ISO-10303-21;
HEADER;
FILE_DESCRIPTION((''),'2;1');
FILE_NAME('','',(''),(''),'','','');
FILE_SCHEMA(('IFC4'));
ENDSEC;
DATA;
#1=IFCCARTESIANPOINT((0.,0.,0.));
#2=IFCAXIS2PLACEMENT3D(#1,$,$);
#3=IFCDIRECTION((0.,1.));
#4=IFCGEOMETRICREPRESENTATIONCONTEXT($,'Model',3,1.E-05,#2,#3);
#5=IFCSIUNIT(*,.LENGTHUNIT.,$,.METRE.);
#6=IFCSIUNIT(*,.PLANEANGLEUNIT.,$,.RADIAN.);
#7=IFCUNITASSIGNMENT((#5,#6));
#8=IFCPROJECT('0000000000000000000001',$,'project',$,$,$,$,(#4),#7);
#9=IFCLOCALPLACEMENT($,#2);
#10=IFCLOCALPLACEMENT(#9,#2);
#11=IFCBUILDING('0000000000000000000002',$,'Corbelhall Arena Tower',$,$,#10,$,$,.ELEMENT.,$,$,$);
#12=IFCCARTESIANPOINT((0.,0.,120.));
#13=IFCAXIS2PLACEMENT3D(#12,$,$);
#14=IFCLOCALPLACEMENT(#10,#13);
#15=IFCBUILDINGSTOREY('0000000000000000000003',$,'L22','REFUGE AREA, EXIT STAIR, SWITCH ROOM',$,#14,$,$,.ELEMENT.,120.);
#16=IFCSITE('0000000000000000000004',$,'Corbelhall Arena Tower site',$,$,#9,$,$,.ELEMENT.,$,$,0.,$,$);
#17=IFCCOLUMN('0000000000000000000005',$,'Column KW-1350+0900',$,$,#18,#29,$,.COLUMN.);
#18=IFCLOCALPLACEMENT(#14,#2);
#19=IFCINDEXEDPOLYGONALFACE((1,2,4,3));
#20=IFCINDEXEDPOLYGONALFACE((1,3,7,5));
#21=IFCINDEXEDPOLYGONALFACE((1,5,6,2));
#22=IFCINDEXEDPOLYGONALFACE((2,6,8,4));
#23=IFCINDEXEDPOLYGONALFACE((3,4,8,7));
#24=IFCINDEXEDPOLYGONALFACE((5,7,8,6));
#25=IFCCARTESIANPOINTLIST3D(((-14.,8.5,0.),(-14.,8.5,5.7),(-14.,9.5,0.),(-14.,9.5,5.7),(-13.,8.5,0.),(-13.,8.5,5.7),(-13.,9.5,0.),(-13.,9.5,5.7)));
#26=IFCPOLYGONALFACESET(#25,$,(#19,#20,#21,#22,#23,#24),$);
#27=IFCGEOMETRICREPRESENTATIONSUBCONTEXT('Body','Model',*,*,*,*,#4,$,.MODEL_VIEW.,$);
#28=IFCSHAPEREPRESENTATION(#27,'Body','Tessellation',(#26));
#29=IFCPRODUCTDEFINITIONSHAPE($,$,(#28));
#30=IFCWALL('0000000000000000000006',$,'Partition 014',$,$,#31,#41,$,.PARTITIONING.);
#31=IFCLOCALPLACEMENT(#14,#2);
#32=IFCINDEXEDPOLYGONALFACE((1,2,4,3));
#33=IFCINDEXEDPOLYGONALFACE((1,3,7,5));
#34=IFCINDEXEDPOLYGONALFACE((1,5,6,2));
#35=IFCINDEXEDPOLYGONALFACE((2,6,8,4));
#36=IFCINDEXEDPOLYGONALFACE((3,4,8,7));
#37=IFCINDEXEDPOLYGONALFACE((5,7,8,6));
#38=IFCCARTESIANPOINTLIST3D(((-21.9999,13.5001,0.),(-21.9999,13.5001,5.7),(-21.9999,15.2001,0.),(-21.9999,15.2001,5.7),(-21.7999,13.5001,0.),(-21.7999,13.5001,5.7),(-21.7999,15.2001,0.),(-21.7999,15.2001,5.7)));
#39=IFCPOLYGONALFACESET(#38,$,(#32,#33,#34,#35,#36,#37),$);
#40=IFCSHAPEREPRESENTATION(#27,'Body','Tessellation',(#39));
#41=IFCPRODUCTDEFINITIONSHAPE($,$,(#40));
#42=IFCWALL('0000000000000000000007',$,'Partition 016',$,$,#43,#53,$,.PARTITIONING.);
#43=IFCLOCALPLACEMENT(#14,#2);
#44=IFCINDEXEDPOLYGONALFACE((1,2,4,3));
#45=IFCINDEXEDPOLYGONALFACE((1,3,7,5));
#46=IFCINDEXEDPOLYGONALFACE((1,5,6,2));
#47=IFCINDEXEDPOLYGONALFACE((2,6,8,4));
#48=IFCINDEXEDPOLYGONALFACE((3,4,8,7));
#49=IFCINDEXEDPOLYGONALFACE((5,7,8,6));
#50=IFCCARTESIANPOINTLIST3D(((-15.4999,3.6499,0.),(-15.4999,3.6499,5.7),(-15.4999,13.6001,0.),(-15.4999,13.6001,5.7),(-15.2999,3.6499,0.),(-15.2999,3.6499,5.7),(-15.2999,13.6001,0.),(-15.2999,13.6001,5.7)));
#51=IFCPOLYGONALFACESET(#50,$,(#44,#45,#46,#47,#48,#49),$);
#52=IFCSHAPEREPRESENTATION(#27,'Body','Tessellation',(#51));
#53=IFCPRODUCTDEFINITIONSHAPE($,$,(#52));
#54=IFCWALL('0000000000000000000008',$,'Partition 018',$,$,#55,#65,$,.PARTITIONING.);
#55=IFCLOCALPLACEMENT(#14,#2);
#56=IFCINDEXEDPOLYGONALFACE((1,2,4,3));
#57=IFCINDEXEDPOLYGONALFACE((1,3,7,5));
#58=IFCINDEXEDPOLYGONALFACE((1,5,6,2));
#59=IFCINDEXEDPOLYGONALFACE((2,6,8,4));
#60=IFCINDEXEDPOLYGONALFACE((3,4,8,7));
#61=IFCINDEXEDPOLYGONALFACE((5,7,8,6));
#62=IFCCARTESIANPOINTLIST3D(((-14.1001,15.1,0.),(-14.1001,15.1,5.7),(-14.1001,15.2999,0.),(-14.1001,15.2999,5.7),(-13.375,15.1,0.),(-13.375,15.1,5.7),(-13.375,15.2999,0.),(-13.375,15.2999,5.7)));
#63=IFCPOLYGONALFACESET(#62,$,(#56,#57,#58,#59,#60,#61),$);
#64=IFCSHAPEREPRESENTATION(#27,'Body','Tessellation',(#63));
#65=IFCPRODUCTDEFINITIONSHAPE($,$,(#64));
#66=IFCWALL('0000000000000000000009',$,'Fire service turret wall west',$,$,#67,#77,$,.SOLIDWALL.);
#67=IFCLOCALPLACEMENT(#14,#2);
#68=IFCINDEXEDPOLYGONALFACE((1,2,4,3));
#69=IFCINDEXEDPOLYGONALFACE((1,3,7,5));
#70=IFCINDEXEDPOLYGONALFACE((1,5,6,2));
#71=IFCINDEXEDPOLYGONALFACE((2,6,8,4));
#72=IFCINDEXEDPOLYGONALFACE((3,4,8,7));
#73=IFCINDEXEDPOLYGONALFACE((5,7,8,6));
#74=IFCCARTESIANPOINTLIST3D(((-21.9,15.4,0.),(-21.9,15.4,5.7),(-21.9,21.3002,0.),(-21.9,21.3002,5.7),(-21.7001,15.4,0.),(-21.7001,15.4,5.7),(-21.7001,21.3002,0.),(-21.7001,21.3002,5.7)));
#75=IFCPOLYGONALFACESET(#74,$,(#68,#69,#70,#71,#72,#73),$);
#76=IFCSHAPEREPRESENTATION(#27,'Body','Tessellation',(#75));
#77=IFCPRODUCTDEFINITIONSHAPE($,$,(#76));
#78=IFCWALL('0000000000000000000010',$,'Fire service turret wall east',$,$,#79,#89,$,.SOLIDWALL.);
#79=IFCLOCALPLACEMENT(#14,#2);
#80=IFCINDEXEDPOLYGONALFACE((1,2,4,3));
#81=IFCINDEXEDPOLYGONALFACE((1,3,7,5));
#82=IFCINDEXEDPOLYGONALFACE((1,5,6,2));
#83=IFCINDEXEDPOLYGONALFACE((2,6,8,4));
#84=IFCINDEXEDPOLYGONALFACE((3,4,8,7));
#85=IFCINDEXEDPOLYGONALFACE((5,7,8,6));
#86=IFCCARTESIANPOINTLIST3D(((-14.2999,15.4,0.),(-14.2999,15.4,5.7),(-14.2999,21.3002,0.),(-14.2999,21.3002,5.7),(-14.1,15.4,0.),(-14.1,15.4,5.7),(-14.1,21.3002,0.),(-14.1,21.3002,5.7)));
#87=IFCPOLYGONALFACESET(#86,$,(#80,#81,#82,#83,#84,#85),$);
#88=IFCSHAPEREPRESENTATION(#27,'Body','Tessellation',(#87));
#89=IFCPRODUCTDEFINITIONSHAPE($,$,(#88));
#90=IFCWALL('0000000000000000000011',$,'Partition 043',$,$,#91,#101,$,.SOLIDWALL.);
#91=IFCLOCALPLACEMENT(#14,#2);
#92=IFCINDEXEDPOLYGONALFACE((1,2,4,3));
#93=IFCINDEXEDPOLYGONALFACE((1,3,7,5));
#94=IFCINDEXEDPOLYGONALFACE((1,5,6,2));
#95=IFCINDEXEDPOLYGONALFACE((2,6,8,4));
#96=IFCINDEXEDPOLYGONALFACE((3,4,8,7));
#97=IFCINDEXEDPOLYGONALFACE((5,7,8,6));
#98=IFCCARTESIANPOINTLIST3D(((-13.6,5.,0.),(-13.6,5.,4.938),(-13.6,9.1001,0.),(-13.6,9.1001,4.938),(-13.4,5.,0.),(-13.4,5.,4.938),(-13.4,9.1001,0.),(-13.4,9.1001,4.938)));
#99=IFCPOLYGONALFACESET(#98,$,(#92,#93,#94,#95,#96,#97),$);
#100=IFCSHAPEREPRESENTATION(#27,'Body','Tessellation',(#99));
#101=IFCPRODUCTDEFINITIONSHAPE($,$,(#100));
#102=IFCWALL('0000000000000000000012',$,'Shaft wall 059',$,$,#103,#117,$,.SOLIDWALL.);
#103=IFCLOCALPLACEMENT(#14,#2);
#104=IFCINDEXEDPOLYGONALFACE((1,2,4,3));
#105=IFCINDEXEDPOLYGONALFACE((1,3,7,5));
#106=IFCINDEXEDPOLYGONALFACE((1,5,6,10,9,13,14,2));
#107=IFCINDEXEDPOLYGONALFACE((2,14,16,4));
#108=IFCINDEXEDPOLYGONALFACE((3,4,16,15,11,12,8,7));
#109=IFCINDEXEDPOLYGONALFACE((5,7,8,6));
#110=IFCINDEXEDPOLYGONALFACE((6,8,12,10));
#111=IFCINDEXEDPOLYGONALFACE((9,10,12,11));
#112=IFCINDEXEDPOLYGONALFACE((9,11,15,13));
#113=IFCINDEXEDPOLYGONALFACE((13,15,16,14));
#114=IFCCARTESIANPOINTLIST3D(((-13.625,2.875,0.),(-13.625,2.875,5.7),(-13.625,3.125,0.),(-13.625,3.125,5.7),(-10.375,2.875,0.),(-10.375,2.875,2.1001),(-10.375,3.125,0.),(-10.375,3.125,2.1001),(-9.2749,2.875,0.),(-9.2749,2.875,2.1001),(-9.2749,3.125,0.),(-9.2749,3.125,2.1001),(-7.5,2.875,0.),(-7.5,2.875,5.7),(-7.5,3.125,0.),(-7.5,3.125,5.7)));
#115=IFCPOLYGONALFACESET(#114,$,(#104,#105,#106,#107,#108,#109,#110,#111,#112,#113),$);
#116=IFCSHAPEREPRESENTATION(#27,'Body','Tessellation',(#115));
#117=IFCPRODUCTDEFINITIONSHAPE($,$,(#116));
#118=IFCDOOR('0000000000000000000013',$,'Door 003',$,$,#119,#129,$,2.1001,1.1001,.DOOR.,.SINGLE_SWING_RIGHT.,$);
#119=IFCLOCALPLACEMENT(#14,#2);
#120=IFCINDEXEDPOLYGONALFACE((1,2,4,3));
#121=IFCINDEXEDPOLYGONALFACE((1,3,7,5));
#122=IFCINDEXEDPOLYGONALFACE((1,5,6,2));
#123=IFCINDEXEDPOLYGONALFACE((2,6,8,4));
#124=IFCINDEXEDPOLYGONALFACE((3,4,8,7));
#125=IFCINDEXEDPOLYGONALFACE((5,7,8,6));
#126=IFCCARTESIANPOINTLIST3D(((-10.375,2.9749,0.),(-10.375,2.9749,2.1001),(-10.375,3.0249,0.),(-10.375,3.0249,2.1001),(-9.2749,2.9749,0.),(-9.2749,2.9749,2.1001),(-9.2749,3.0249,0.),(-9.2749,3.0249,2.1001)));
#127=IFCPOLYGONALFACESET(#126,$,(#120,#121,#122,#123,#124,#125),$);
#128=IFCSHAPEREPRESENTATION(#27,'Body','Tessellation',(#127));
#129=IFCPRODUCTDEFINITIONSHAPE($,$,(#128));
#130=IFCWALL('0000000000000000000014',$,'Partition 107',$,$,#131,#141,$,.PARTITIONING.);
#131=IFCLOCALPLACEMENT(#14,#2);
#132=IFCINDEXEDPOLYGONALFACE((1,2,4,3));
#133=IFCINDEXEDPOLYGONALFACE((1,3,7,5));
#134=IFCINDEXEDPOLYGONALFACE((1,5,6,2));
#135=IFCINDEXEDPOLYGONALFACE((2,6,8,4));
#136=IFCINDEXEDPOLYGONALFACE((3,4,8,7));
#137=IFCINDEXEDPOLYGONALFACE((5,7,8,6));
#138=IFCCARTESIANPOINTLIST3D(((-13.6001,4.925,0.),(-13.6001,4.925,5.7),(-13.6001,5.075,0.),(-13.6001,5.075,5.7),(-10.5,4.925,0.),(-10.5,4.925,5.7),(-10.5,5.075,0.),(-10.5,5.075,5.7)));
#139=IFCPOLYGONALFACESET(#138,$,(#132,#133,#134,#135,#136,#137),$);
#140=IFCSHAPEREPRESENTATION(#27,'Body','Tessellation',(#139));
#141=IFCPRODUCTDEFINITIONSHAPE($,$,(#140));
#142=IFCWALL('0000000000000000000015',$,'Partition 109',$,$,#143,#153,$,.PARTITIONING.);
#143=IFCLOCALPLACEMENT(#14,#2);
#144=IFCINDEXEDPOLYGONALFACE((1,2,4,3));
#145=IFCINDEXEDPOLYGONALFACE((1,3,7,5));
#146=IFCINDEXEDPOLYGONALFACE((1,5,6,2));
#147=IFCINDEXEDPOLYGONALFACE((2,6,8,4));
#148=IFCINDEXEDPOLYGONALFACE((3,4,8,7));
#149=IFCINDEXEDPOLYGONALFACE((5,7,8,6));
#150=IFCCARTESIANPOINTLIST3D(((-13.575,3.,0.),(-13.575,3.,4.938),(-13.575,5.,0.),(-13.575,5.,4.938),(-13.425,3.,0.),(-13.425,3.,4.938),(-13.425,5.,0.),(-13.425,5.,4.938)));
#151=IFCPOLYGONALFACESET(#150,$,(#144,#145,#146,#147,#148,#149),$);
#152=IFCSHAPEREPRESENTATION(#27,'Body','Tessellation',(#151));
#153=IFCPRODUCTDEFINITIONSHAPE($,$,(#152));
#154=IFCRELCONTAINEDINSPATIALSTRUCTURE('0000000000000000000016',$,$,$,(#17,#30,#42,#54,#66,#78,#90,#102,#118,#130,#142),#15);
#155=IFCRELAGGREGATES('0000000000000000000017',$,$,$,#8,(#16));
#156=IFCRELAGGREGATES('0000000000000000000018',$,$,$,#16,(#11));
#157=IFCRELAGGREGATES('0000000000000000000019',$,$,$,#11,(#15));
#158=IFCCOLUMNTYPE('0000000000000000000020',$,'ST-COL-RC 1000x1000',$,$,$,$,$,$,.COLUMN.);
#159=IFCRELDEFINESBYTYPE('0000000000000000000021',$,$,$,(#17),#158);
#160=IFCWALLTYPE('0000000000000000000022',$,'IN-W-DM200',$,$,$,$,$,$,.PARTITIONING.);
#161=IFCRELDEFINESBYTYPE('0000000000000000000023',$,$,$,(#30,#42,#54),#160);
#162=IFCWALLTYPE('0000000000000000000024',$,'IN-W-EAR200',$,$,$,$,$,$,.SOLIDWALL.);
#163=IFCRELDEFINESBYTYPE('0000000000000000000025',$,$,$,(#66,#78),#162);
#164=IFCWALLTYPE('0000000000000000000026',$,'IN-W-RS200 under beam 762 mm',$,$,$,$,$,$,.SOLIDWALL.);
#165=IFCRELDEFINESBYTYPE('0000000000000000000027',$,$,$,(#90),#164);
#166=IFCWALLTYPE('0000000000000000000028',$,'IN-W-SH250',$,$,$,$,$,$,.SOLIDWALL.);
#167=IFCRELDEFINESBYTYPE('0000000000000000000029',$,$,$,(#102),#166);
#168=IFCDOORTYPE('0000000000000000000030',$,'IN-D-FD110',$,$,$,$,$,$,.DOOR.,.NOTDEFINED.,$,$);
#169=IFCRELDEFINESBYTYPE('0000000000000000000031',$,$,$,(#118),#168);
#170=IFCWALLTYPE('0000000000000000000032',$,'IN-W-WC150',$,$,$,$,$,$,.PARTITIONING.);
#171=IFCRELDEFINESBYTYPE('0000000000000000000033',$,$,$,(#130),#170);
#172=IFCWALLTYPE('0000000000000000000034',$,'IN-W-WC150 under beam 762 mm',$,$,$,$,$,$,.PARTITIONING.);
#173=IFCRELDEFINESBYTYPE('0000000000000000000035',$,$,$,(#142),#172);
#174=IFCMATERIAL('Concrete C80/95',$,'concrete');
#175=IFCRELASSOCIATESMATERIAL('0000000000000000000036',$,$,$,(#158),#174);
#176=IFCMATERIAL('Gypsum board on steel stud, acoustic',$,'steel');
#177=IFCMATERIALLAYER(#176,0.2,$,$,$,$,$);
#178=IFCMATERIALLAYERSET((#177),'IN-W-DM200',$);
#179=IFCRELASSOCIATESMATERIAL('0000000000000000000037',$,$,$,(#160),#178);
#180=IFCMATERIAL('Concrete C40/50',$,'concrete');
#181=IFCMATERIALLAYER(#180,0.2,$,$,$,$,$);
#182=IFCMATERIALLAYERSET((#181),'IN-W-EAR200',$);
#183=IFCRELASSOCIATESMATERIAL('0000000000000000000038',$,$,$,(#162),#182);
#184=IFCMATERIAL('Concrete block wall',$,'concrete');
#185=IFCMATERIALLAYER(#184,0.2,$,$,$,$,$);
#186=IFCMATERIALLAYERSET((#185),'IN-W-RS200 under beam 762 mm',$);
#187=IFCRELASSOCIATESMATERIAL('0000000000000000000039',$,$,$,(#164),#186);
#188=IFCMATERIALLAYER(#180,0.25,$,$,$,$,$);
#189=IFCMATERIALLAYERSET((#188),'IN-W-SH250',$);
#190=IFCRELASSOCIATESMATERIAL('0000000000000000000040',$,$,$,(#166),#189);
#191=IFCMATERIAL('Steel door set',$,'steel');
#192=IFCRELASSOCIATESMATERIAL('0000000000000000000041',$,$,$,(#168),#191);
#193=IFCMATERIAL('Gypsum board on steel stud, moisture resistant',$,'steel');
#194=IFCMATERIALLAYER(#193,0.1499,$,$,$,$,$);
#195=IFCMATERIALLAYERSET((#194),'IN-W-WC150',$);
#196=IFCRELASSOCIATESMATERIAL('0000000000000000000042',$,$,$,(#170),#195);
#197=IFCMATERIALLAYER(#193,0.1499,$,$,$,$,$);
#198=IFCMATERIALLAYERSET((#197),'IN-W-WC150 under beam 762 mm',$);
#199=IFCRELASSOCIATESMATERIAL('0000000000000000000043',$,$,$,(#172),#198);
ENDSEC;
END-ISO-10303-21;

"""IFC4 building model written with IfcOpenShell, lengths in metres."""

from ifc_helpers import new_model, si_unit, direction, frame, frame_2d, origin, origin_2d, place, context, subcontext, project, spatial, rectangle, extrude, material, layer, layer_set, material_profile, profile_set, type_object, element, fill, save


model = new_model("IFC4")

# Units and contexts
model_context = context("Model", 3, precision=1e-05, world=origin(), true_north=direction((0.0, 1.0)))
body_context = subcontext(model_context, "Body", "Model", "MODEL_VIEW")
ifc_project = project(units=[si_unit("LENGTHUNIT", "METRE"), si_unit("PLANEANGLEUNIT", "RADIAN")], contexts=[model_context])

# Site, building, storey
site_placement = place(None, origin())
site = spatial("IfcSite", under=ifc_project, at=site_placement, Name="Corbelhall Arena Tower site", CompositionType="ELEMENT", RefElevation=0.0)
building_placement = place(site_placement, origin())
building = spatial("IfcBuilding", under=site, at=building_placement, Name="Corbelhall Arena Tower", CompositionType="ELEMENT")
storey_placement = place(building_placement, frame((0.0, 0.0, 120.0)))
storey = spatial("IfcBuildingStorey", under=building, at=storey_placement, Name="L22", Description="REFUGE AREA, EXIT STAIR, SWITCH ROOM", CompositionType="ELEMENT", Elevation=120.0)

# Column
ifc_material_1 = material(Name="Concrete C80/95", Category="concrete")
ifc_material_profile = material_profile(ifc_material_1, rectangle(XDim=1.0, YDim=1.0, at=origin_2d()))
ifc_profile_set = profile_set([ifc_material_profile], Name="Concrete C80/95")
column_type = type_object("IfcColumnType", Name="ST-COL-RC 1000x1000", PredefinedType="COLUMN", material=ifc_profile_set)
column_placement = place(storey_placement, frame((-13.5, 9.0, 0.0), z_axis=(0.0, 0.0, 1.0), x_axis=(1.0, 0.0, 0.0)))
element("IfcColumn", 1, at=column_placement, inside=storey, type_object=column_type, Name="Column KW-1350+0900", PredefinedType="COLUMN", context=body_context, shape_type="SweptSolid", body=[
    extrude(rectangle(XDim=1.0, YDim=1.0, at=origin_2d()), origin(), (0.0, 0.0, 1.0), 5.7),
])

# Shared definitions
ifc_material_2 = material(Name="Gypsum board on steel stud, acoustic", Category="steel")
ifc_layer_1 = layer(ifc_material_2, 0.2)
ifc_layer_set_1 = layer_set([ifc_layer_1], Name="IN-W-DM200")
wall_type_1 = type_object("IfcWallType", Name="IN-W-DM200", PredefinedType="PARTITIONING", material=ifc_layer_set_1)
ifc_material_3 = material(Name="Steel door set", Category="steel")

# Walls
wall_1_placement = place(storey_placement, frame((-21.8999, 13.5, 0.0), z_axis=(0.0, 0.0, 1.0), x_axis=(0.0, 1.0, 0.0)))
element("IfcWall", 2, at=wall_1_placement, inside=storey, type_object=wall_type_1, Name="Partition 014", PredefinedType="PARTITIONING", context=body_context, shape_type="SweptSolid", body=[
    extrude(rectangle(XDim=1.7, YDim=0.2, at=frame_2d((0.8501, 0.0))), origin(), (0.0, 0.0, 1.0), 5.7),
])
wall_2_placement = place(storey_placement, frame((-15.3999, 3.6499, 0.0), z_axis=(0.0, 0.0, 1.0), x_axis=(0.0, 1.0, 0.0)))
element("IfcWall", 3, at=wall_2_placement, inside=storey, type_object=wall_type_1, Name="Partition 016", PredefinedType="PARTITIONING", context=body_context, shape_type="SweptSolid", body=[
    extrude(rectangle(XDim=9.9502, YDim=0.2, at=frame_2d((4.9751, 0.0))), origin(), (0.0, 0.0, 1.0), 5.7),
])

# Wall
wall_3_placement = place(storey_placement, frame((-14.1001, 15.2, 0.0), z_axis=(0.0, 0.0, 1.0), x_axis=(1.0, 0.0, 0.0)))
element("IfcWall", 4, at=wall_3_placement, inside=storey, type_object=wall_type_1, Name="Partition 018", PredefinedType="PARTITIONING", context=body_context, shape_type="SweptSolid", body=[
    extrude(rectangle(XDim=0.7251, YDim=0.2, at=frame_2d((0.3625, 0.0))), origin(), (0.0, 0.0, 1.0), 5.7),
])

# Shared definitions
ifc_material_4 = material(Name="Concrete C40/50", Category="concrete")
ifc_layer_2 = layer(ifc_material_4, 0.2)
ifc_layer_set_2 = layer_set([ifc_layer_2], Name="IN-W-EAR200")
wall_type_2 = type_object("IfcWallType", Name="IN-W-EAR200", PredefinedType="SOLIDWALL", material=ifc_layer_set_2)

# Walls
for number, where, z_axis, x_axis, name in (
    (5, (-21.8, 15.3999, 0.0), (0.0, 0.0, 1.0), (0.0, 1.0, 0.0), "Fire service turret wall west"),
    (6, (-14.2, 15.3999, 0.0), (0.0, 0.0, 1.0), (0.0, 1.0, 0.0), "Fire service turret wall east"),
):
    element("IfcWall", number, at=place(storey_placement, frame(where, z_axis=z_axis, x_axis=x_axis)), inside=storey, type_object=wall_type_2, Name=name, PredefinedType="SOLIDWALL", context=body_context, shape_type="SweptSolid", body=[
        extrude(rectangle(XDim=5.9001, YDim=0.2, at=frame_2d((2.9502, 0.0))), origin(), (0.0, 0.0, 1.0), 5.7),
    ])

# Wall
ifc_material_5 = material(Name="Concrete block wall", Category="concrete")
ifc_layer_3 = layer(ifc_material_5, 0.2)
ifc_layer_set_3 = layer_set([ifc_layer_3], Name="IN-W-RS200 under beam 762 mm")
wall_type_3 = type_object("IfcWallType", Name="IN-W-RS200 under beam 762 mm", PredefinedType="SOLIDWALL", material=ifc_layer_set_3)
wall_4_placement = place(storey_placement, frame((-13.5, 5.0, 0.0), z_axis=(0.0, 0.0, 1.0), x_axis=(0.0, 1.0, 0.0)))
element("IfcWall", 7, at=wall_4_placement, inside=storey, type_object=wall_type_3, Name="Partition 043", PredefinedType="SOLIDWALL", context=body_context, shape_type="SweptSolid", body=[
    extrude(rectangle(XDim=4.1001, YDim=0.2, at=frame_2d((2.05, 0.0))), origin(), (0.0, 0.0, 1.0), 4.938),
])

# Wall, opening, door
ifc_layer_4 = layer(ifc_material_4, 0.25)
ifc_layer_set_4 = layer_set([ifc_layer_4], Name="IN-W-SH250")
wall_type_4 = type_object("IfcWallType", Name="IN-W-SH250", PredefinedType="SOLIDWALL", material=ifc_layer_set_4)
wall_5_placement = place(storey_placement, frame((-13.625, 3.0, 0.0), z_axis=(0.0, 0.0, 1.0), x_axis=(1.0, 0.0, 0.0)))
wall_5 = element("IfcWall", 8, at=wall_5_placement, inside=storey, type_object=wall_type_4, Name="Shaft wall 059", PredefinedType="SOLIDWALL", context=body_context, shape_type="SweptSolid", body=[
    extrude(rectangle(XDim=6.125, YDim=0.25, at=frame_2d((3.0625, 0.0))), origin(), (0.0, 0.0, 1.0), 5.7),
])
opening_1_placement = place(wall_5_placement, frame((3.25, 0.0, 0.0)))
opening_1 = element("IfcOpeningElement", 9, at=opening_1_placement, cuts=wall_5, PredefinedType="OPENING", context=body_context, shape_type="SweptSolid", body=[
    extrude(rectangle(XDim=1.1001, YDim=2.1001, at=frame_2d((0.55, 1.05))), frame((0.0, 0.125, 0.0), z_axis=(0.0, -1.0, 0.0), x_axis=(1.0, 0.0, 0.0)), (0.0, 0.0, 1.0), 0.25),
])
door_type_1 = type_object("IfcDoorType", Name="IN-D-FD110", OperationType="NOTDEFINED", PredefinedType="DOOR", material=ifc_material_3)
door_1_placement = place(opening_1_placement, origin())
door_1 = element("IfcDoor", 10, at=door_1_placement, inside=storey, type_object=door_type_1, Name="Door 003", OperationType="SINGLE_SWING_RIGHT", OverallHeight=2.1001, OverallWidth=1.1001, PredefinedType="DOOR", context=body_context, shape_type="SweptSolid", body=[
    extrude(rectangle(XDim=1.1001, YDim=2.1001, at=frame_2d((0.55, 1.05))), frame((0.0, 0.0249, 0.0), z_axis=(0.0, -1.0, 0.0), x_axis=(1.0, 0.0, 0.0)), (0.0, 0.0, 1.0), 0.05),
])
fill(opening_1, door_1)

# Walls
ifc_material_6 = material(Name="Gypsum board on steel stud, moisture resistant", Category="steel")
ifc_layer_5 = layer(ifc_material_6, 0.1499)
ifc_layer_set_5 = layer_set([ifc_layer_5], Name="IN-W-WC150")
wall_type_5 = type_object("IfcWallType", Name="IN-W-WC150", PredefinedType="PARTITIONING", material=ifc_layer_set_5)
wall_6_placement = place(storey_placement, frame((-13.6001, 5.0, 0.0), z_axis=(0.0, 0.0, 1.0), x_axis=(1.0, 0.0, 0.0)))
element("IfcWall", 11, at=wall_6_placement, inside=storey, type_object=wall_type_5, Name="Partition 107", PredefinedType="PARTITIONING", context=body_context, shape_type="SweptSolid", body=[
    extrude(rectangle(XDim=3.1001, YDim=0.1499, at=frame_2d((1.55, 0.0))), origin(), (0.0, 0.0, 1.0), 5.7),
])
ifc_layer_6 = layer(ifc_material_6, 0.1499)
ifc_layer_set_6 = layer_set([ifc_layer_6], Name="IN-W-WC150 under beam 762 mm")
wall_type_6 = type_object("IfcWallType", Name="IN-W-WC150 under beam 762 mm", PredefinedType="PARTITIONING", material=ifc_layer_set_6)
wall_7_placement = place(storey_placement, frame((-13.5, 3.0, 0.0), z_axis=(0.0, 0.0, 1.0), x_axis=(0.0, 1.0, 0.0)))
element("IfcWall", 12, at=wall_7_placement, inside=storey, type_object=wall_type_6, Name="Partition 109", PredefinedType="PARTITIONING", context=body_context, shape_type="SweptSolid", body=[
    extrude(rectangle(XDim=2.0, YDim=0.1499, at=frame_2d((1.0, 0.0))), origin(), (0.0, 0.0, 1.0), 4.938),
])

save(model, "model.ifc")
